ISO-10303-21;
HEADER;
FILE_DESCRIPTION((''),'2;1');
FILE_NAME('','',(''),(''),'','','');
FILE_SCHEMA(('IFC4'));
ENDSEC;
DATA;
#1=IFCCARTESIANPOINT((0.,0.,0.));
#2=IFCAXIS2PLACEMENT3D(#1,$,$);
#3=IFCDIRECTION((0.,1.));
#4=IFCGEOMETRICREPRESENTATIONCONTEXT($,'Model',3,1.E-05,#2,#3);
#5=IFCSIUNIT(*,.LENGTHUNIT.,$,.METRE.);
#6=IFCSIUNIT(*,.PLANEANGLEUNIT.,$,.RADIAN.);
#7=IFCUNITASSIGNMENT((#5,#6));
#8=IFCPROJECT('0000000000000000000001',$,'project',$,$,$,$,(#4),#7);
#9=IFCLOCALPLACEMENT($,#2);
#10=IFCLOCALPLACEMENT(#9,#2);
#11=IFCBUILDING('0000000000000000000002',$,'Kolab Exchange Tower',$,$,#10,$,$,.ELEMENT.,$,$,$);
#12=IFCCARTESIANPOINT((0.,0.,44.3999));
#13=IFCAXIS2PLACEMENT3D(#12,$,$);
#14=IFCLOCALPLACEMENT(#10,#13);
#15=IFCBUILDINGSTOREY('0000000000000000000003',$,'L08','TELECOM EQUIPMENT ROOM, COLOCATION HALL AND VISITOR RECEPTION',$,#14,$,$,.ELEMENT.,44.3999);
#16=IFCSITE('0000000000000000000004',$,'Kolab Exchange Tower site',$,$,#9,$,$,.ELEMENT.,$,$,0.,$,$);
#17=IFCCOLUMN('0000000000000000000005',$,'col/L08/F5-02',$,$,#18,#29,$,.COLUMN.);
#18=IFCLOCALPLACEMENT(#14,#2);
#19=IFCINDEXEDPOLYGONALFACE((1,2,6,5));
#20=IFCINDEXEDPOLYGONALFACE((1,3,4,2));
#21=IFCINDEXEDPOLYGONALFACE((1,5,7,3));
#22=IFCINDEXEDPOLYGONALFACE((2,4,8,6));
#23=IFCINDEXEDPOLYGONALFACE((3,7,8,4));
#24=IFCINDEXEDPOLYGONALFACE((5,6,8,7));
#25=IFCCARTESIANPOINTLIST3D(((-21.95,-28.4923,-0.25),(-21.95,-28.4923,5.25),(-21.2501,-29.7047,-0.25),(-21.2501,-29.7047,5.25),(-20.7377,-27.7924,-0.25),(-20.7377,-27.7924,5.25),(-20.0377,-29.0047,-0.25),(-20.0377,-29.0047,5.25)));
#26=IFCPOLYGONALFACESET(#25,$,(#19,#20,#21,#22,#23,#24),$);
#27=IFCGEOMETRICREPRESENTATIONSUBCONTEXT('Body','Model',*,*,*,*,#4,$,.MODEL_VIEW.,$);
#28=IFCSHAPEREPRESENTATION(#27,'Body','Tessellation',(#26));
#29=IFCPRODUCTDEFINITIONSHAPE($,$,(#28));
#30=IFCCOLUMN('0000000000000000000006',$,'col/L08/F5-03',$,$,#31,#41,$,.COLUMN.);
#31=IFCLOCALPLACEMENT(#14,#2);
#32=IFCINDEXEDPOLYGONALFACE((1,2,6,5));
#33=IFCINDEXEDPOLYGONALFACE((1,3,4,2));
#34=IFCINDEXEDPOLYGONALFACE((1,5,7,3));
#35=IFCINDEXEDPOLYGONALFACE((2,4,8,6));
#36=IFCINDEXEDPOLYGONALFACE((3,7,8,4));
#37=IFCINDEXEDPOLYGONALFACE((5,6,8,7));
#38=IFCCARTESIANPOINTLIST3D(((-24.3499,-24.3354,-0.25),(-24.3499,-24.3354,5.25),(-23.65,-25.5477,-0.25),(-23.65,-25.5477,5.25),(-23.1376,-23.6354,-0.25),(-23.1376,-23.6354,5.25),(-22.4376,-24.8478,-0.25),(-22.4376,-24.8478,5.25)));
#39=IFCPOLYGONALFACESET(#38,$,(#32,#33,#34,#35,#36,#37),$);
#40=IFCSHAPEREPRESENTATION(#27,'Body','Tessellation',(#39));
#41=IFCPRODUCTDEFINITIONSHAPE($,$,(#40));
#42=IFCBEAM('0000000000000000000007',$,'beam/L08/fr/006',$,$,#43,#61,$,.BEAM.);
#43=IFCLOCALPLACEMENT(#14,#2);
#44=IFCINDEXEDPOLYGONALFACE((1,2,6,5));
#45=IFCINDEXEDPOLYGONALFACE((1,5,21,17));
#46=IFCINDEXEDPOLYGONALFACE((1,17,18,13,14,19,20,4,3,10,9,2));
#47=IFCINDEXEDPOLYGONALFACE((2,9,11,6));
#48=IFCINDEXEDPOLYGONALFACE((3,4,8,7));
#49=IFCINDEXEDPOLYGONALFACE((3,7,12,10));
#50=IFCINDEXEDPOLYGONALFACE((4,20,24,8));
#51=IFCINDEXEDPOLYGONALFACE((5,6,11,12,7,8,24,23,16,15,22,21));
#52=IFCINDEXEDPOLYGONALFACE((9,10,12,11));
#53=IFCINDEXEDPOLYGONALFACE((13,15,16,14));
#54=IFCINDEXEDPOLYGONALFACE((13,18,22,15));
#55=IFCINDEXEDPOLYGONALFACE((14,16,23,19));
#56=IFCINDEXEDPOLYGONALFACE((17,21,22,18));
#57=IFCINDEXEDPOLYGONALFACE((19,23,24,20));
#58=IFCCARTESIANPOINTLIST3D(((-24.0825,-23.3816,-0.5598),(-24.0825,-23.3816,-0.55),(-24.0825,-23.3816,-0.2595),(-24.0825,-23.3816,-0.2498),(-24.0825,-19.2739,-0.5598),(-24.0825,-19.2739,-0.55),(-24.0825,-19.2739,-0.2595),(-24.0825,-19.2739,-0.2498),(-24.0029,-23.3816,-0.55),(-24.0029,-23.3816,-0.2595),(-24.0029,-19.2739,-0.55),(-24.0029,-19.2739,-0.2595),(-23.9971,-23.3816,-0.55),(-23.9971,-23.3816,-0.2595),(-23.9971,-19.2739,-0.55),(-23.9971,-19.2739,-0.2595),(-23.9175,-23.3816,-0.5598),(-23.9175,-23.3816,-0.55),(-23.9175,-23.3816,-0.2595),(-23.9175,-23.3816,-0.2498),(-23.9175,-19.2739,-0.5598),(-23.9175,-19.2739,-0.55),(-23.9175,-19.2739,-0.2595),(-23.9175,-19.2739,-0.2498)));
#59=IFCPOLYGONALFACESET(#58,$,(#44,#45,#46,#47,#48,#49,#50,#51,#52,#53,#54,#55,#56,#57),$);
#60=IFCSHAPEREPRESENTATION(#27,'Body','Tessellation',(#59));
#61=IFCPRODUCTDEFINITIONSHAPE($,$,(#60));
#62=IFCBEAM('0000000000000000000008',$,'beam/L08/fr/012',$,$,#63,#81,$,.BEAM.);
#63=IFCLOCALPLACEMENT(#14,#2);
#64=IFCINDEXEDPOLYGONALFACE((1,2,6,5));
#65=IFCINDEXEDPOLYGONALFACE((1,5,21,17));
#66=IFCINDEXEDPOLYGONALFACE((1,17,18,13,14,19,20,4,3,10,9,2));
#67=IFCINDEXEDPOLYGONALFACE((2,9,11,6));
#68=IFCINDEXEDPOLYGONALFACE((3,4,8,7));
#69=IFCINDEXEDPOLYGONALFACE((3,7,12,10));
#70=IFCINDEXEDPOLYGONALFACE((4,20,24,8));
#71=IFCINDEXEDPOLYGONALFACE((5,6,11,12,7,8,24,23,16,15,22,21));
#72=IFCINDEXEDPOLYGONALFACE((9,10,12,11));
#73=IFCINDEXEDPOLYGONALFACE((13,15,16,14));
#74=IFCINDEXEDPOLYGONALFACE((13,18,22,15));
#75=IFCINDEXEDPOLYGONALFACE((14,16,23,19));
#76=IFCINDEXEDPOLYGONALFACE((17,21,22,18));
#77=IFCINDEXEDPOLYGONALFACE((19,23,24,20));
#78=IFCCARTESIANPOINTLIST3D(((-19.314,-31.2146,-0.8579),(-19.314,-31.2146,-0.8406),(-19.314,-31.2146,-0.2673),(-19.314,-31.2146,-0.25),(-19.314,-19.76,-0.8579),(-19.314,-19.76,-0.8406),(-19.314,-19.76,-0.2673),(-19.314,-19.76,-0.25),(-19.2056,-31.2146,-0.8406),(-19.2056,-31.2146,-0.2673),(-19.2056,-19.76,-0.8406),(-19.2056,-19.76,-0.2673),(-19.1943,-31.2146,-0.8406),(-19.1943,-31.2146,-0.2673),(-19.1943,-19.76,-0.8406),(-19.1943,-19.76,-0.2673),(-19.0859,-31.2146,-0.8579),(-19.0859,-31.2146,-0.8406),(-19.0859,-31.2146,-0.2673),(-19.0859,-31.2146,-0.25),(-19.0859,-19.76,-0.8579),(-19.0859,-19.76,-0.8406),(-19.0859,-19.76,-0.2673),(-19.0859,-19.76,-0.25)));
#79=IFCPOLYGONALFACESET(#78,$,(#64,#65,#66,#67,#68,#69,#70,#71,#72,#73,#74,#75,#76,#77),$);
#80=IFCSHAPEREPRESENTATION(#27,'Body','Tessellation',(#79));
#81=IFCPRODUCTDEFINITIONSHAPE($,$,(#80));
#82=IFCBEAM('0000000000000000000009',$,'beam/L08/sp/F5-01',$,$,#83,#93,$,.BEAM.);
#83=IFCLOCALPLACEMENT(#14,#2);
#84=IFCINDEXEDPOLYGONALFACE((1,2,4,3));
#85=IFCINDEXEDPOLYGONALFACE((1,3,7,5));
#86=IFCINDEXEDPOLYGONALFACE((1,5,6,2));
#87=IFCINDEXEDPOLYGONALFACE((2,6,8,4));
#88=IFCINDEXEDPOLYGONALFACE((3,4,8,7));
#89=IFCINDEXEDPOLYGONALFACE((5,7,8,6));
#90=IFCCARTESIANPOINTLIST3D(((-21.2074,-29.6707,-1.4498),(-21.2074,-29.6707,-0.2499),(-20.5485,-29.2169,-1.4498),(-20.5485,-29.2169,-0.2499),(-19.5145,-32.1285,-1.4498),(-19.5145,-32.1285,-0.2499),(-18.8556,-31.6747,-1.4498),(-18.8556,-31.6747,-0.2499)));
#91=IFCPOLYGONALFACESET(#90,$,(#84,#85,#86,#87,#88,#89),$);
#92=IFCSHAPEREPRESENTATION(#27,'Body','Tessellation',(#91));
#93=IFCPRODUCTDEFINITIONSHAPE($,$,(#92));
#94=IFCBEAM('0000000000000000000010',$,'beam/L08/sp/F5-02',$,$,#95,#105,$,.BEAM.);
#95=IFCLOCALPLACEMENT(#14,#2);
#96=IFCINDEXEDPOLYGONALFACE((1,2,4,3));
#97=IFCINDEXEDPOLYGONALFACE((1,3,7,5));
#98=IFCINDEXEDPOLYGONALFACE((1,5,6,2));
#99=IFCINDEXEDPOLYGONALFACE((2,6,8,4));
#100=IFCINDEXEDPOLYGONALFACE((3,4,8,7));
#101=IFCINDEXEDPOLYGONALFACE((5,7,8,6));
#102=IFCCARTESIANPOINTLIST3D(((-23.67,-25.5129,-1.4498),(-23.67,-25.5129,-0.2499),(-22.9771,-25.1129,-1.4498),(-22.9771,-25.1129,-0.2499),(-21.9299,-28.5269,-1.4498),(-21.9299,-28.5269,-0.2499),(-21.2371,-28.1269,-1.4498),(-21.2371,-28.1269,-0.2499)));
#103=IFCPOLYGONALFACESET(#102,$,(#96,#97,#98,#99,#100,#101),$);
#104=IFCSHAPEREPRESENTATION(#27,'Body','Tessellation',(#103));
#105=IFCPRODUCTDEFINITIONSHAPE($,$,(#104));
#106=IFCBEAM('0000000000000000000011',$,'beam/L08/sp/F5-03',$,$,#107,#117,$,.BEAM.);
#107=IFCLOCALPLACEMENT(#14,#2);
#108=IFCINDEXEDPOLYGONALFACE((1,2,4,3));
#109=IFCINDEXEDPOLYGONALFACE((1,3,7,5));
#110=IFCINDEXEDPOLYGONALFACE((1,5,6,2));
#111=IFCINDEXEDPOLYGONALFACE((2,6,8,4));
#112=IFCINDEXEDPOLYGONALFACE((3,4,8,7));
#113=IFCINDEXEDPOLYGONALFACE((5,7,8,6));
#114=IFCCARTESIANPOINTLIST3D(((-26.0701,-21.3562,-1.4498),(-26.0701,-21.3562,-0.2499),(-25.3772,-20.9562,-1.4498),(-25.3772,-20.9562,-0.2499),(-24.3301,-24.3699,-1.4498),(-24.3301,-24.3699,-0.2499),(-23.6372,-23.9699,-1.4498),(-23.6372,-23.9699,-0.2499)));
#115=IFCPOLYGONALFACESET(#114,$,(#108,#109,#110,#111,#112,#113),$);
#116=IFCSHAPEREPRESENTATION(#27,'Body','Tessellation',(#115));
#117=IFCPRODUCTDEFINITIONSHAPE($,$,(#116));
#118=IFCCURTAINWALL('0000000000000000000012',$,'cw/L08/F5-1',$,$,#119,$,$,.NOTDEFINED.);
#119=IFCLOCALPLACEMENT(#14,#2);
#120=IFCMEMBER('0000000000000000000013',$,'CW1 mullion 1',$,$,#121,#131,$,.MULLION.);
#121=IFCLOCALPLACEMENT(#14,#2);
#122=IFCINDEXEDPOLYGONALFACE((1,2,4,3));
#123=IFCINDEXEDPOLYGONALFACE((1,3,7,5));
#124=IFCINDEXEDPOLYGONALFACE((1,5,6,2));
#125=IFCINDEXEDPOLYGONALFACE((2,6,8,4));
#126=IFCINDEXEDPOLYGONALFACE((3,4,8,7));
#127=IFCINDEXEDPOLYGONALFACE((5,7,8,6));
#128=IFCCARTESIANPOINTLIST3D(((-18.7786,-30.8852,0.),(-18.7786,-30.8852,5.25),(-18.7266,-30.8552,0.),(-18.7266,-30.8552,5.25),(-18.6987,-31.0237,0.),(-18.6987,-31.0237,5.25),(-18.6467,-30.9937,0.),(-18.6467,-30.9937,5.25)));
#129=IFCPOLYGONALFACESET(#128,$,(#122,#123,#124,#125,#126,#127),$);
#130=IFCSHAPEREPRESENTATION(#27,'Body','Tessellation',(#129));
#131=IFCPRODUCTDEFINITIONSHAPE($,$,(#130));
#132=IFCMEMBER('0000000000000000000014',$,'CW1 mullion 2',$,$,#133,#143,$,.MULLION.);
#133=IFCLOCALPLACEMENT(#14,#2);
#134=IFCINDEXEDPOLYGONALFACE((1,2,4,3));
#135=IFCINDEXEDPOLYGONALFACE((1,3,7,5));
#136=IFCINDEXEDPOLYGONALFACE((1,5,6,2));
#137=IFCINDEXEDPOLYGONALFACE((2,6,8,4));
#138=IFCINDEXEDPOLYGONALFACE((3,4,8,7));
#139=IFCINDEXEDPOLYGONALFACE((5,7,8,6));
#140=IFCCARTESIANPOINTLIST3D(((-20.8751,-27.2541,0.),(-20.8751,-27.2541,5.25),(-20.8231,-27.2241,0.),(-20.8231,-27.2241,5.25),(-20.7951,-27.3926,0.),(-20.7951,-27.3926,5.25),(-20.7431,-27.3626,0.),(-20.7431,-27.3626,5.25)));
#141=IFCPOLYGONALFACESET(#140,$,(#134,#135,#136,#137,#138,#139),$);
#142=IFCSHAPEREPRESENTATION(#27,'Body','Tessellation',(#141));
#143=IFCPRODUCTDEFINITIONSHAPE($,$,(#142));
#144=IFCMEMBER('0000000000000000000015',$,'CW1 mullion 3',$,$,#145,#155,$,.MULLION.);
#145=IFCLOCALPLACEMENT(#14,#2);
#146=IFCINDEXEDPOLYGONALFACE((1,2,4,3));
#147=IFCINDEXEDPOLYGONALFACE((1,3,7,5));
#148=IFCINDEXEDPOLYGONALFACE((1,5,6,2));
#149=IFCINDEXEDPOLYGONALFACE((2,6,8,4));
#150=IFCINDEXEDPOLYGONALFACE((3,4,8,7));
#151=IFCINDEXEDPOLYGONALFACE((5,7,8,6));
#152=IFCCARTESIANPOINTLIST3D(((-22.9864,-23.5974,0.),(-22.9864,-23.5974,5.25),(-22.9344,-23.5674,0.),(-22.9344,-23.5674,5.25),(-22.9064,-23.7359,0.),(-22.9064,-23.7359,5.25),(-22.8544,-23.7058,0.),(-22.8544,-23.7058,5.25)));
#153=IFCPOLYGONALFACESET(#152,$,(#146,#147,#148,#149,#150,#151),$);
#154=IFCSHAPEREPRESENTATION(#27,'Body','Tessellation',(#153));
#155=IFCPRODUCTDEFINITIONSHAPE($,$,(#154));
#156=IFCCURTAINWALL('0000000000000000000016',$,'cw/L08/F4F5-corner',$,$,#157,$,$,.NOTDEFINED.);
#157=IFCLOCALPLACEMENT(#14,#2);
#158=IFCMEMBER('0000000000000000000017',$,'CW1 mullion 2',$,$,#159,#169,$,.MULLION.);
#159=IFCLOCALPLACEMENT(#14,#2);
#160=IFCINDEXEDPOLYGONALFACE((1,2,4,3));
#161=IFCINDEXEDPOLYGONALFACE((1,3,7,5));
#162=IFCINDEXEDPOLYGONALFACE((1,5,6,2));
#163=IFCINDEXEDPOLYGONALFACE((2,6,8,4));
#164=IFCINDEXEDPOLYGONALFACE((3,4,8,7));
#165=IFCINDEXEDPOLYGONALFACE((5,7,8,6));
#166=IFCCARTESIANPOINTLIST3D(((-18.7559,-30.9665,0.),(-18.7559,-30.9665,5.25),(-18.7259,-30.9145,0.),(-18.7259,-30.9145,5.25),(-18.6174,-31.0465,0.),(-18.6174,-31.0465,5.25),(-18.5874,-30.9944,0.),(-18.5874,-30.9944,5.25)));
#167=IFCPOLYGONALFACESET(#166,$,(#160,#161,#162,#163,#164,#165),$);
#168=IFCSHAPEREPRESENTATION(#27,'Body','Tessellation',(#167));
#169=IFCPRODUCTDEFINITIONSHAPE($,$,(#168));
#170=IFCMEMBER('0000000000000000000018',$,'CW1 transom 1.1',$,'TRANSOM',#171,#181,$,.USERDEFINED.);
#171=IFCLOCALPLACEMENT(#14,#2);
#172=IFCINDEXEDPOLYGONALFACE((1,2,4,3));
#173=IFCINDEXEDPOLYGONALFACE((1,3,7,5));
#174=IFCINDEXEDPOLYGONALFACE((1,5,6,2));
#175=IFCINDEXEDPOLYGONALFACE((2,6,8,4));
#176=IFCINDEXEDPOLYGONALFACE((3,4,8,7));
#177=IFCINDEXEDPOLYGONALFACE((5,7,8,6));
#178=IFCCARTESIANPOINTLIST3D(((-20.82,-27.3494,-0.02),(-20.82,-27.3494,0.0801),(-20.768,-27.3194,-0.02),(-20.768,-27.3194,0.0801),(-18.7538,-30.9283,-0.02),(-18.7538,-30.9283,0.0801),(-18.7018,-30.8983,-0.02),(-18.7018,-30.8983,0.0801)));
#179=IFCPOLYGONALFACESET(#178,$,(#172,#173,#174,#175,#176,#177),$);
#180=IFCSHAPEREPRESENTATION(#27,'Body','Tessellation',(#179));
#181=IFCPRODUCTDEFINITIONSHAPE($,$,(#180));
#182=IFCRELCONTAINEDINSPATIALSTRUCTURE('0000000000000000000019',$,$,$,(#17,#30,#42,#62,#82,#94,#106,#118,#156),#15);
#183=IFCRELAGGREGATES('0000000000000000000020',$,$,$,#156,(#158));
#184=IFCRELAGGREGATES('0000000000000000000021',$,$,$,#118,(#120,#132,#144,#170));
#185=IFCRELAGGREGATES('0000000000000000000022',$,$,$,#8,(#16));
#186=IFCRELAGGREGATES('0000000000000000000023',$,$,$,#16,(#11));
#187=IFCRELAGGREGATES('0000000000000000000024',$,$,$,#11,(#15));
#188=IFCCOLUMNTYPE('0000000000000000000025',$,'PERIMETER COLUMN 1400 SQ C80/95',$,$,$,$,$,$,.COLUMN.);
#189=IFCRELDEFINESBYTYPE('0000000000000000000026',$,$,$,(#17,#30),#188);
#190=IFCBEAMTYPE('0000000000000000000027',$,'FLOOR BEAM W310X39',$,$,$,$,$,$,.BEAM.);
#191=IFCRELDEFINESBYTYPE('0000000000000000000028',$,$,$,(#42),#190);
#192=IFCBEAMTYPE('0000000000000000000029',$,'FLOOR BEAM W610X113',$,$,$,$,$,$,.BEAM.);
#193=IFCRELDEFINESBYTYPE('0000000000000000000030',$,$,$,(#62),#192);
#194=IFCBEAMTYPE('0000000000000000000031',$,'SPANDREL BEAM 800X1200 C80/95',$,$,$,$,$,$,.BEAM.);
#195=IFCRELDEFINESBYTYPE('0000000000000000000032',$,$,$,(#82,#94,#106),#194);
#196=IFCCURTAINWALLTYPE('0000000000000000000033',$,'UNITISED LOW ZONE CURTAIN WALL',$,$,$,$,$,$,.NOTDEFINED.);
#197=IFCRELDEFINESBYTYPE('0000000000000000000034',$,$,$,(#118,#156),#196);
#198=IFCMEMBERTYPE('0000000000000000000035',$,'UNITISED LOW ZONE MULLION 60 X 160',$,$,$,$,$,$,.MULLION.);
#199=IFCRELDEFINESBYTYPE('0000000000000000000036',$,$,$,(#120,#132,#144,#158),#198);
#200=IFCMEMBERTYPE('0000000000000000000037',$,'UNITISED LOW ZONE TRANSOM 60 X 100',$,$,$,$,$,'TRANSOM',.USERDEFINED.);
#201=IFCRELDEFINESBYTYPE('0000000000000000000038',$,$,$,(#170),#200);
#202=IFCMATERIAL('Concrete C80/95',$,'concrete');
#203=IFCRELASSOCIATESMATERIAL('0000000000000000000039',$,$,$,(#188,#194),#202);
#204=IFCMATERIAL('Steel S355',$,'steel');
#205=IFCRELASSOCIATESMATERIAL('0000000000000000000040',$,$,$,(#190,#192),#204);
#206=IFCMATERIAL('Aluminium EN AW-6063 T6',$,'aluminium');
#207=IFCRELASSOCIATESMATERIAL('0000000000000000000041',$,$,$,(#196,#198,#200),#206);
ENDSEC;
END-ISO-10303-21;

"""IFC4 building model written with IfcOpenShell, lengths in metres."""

from ifc_helpers import new_model, si_unit, direction, frame, origin, origin_2d, place, context, subcontext, project, spatial, rectangle, i_section, extrude, material, material_profile, profile_set, type_object, element, aggregate, save


model = new_model("IFC4")

# Units and contexts
model_context = context("Model", 3, precision=1e-05, world=origin(), true_north=direction((0.0, 1.0)))
body_context = subcontext(model_context, "Body", "Model", "MODEL_VIEW")
ifc_project = project(units=[si_unit("LENGTHUNIT", "METRE"), si_unit("PLANEANGLEUNIT", "RADIAN")], contexts=[model_context])

# Site, building, storey
site_placement = place(None, origin())
site = spatial("IfcSite", under=ifc_project, at=site_placement, Name="Kolab Exchange Tower site", CompositionType="ELEMENT", RefElevation=0.0)
building_placement = place(site_placement, origin())
building = spatial("IfcBuilding", under=site, at=building_placement, Name="Kolab Exchange Tower", CompositionType="ELEMENT")
storey_placement = place(building_placement, frame((0.0, 0.0, 44.3999)))
storey = spatial("IfcBuildingStorey", under=building, at=storey_placement, Name="L08", Description="TELECOM EQUIPMENT ROOM, COLOCATION HALL AND VISITOR RECEPTION", CompositionType="ELEMENT", Elevation=44.3999)

# Columns
ifc_material_1 = material(Name="Concrete C80/95", Category="concrete")
ifc_material_profile_1 = material_profile(ifc_material_1, rectangle(XDim=1.3999, YDim=1.3999, at=origin_2d()), Name="RC1400")
ifc_profile_set_1 = profile_set([ifc_material_profile_1], Name="Concrete C80/95")
column_type = type_object("IfcColumnType", Name="PERIMETER COLUMN 1400 SQ C80/95", PredefinedType="COLUMN", material=ifc_profile_set_1)
for number, where, z_axis, x_axis, name in (
    (1, (-20.9939, -28.7485, -0.25), (0.0, 0.0, 1.0), (0.866025, 0.5, 0.0), "col/L08/F5-02"),
    (2, (-23.3938, -24.5916, -0.25), (0.0, 0.0, 1.0), (0.866025, 0.5, 0.0), "col/L08/F5-03"),
):
    element("IfcColumn", number, at=place(storey_placement, frame(where, z_axis=z_axis, x_axis=x_axis)), inside=storey, type_object=column_type, Name=name, PredefinedType="COLUMN", context=body_context, shape_type="SweptSolid", body=[
        extrude(rectangle(XDim=1.3999, YDim=1.3999, at=origin_2d()), origin(), (0.0, 0.0, 1.0), 5.5),
    ])

# Beams
ifc_material_2 = material(Name="Steel S355", Category="steel")
ifc_material_profile_2 = material_profile(ifc_material_2, i_section(OverallWidth=0.165, OverallDepth=0.3101, WebThickness=0.0059, FlangeThickness=0.0098, at=origin_2d()), Name="W310X39")
ifc_profile_set_2 = profile_set([ifc_material_profile_2], Name="Steel S355")
beam_type_1 = type_object("IfcBeamType", Name="FLOOR BEAM W310X39", PredefinedType="BEAM", material=ifc_profile_set_2)
beam_1_placement = place(storey_placement, frame((-24.0, -23.3816, -0.4048), z_axis=(0.0, 1.0, 0.0), x_axis=(-1.0, 0.0, 0.0)))
element("IfcBeam", 3, at=beam_1_placement, inside=storey, type_object=beam_type_1, Name="beam/L08/fr/006", PredefinedType="BEAM", context=body_context, shape_type="SweptSolid", body=[
    extrude(i_section(OverallWidth=0.165, OverallDepth=0.3101, WebThickness=0.0059, FlangeThickness=0.0098, at=origin_2d()), origin(), (0.0, 0.0, 1.0), 4.1077),
])
ifc_material_profile_3 = material_profile(ifc_material_2, i_section(OverallWidth=0.228, OverallDepth=0.6079, WebThickness=0.0112, FlangeThickness=0.0173, at=origin_2d()), Name="W610X113")
ifc_profile_set_3 = profile_set([ifc_material_profile_3], Name="Steel S355")
beam_type_2 = type_object("IfcBeamType", Name="FLOOR BEAM W610X113", PredefinedType="BEAM", material=ifc_profile_set_3)
beam_2_placement = place(storey_placement, frame((-19.2, -31.2146, -0.554), z_axis=(0.0, 1.0, 0.0), x_axis=(-1.0, 0.0, 0.0)))
element("IfcBeam", 4, at=beam_2_placement, inside=storey, type_object=beam_type_2, Name="beam/L08/fr/012", PredefinedType="BEAM", context=body_context, shape_type="SweptSolid", body=[
    extrude(i_section(OverallWidth=0.228, OverallDepth=0.6079, WebThickness=0.0112, FlangeThickness=0.0173, at=origin_2d()), origin(), (0.0, 0.0, 1.0), 11.4546),
])
ifc_material_profile_4 = material_profile(ifc_material_1, rectangle(XDim=0.8, YDim=1.2, at=origin_2d()), Name="RC800X1200")
ifc_profile_set_4 = profile_set([ifc_material_profile_4], Name="Concrete C80/95")
beam_type_3 = type_object("IfcBeamType", Name="SPANDREL BEAM 800X1200 C80/95", PredefinedType="BEAM", material=ifc_profile_set_4)
beam_3_placement = place(storey_placement, frame((-19.1851, -31.9016, -0.8499), z_axis=(-0.567247, 0.823548, 0.0), x_axis=(-0.823548, -0.567247, 0.0)))
element("IfcBeam", 5, at=beam_3_placement, inside=storey, type_object=beam_type_3, Name="beam/L08/sp/F5-01", PredefinedType="BEAM", context=body_context, shape_type="SweptSolid", body=[
    extrude(rectangle(XDim=0.8, YDim=1.2, at=origin_2d()), origin(), (0.0, 0.0, 1.0), 2.9844),
])
beam_4_placement = place(storey_placement, frame((-21.5835, -28.3269, -0.8499), z_axis=(-0.49998, 0.866037, 0.0), x_axis=(-0.866037, -0.49998, 0.0)))
element("IfcBeam", 6, at=beam_4_placement, inside=storey, type_object=beam_type_3, Name="beam/L08/sp/F5-02", PredefinedType="BEAM", context=body_context, shape_type="SweptSolid", body=[
    extrude(rectangle(XDim=0.8, YDim=1.2, at=origin_2d()), origin(), (0.0, 0.0, 1.0), 3.4802),
])
beam_5_placement = place(storey_placement, frame((-23.9836, -24.1699, -0.8499), z_axis=(-0.50001, 0.86602, 0.0), x_axis=(-0.86602, -0.50001, 0.0)))
element("IfcBeam", 7, at=beam_5_placement, inside=storey, type_object=beam_type_3, Name="beam/L08/sp/F5-03", PredefinedType="BEAM", context=body_context, shape_type="SweptSolid", body=[
    extrude(rectangle(XDim=0.8, YDim=1.2, at=origin_2d()), origin(), (0.0, 0.0, 1.0), 3.48),
])

# Curtain wall, members
ifc_material_3 = material(Name="Aluminium EN AW-6063 T6", Category="aluminium")
curtain_wall_type = type_object("IfcCurtainWallType", Name="UNITISED LOW ZONE CURTAIN WALL", PredefinedType="NOTDEFINED", material=ifc_material_3)
curtain_wall_1_placement = place(storey_placement, origin())
curtain_wall_1 = element("IfcCurtainWall", 8, at=curtain_wall_1_placement, inside=storey, type_object=curtain_wall_type, Name="cw/L08/F5-1", PredefinedType="NOTDEFINED")
ifc_material_profile_5 = material_profile(ifc_material_3, rectangle(XDim=0.0601, YDim=0.1599, at=origin_2d()), Name="RECT 60X160")
ifc_profile_set_5 = profile_set([ifc_material_profile_5], Name="Aluminium EN AW-6063 T6")
member_type_1 = type_object("IfcMemberType", Name="UNITISED LOW ZONE MULLION 60 X 160", PredefinedType="MULLION", material=ifc_profile_set_5)
member_1_placement = place(storey_placement, frame((-18.7126, -30.9395, 0.0), z_axis=(0.0, 0.0, 1.0), x_axis=(-0.866025, -0.5, 0.0)))
member_1 = element("IfcMember", 9, at=member_1_placement, type_object=member_type_1, Name="CW1 mullion 1", PredefinedType="MULLION", context=body_context, shape_type="SweptSolid", body=[
    extrude(rectangle(XDim=0.0601, YDim=0.1599, at=origin_2d()), origin(), (0.0, 0.0, 1.0), 5.25),
])
member_2_placement = place(storey_placement, frame((-20.8091, -27.3083, 0.0), z_axis=(0.0, 0.0, 1.0), x_axis=(-0.866025, -0.5, 0.0)))
member_2 = element("IfcMember", 10, at=member_2_placement, type_object=member_type_1, Name="CW1 mullion 2", PredefinedType="MULLION", context=body_context, shape_type="SweptSolid", body=[
    extrude(rectangle(XDim=0.0601, YDim=0.1599, at=origin_2d()), origin(), (0.0, 0.0, 1.0), 5.25),
])
member_3_placement = place(storey_placement, frame((-22.9204, -23.6516, 0.0), z_axis=(0.0, 0.0, 1.0), x_axis=(-0.866025, -0.5, 0.0)))
member_3 = element("IfcMember", 11, at=member_3_placement, type_object=member_type_1, Name="CW1 mullion 3", PredefinedType="MULLION", context=body_context, shape_type="SweptSolid", body=[
    extrude(rectangle(XDim=0.0601, YDim=0.1599, at=origin_2d()), origin(), (0.0, 0.0, 1.0), 5.25),
])

# Curtain wall, member
curtain_wall_2_placement = place(storey_placement, origin())
curtain_wall_2 = element("IfcCurtainWall", 12, at=curtain_wall_2_placement, inside=storey, type_object=curtain_wall_type, Name="cw/L08/F4F5-corner", PredefinedType="NOTDEFINED")
member_4_placement = place(storey_placement, frame((-18.6716, -30.9805, 0.0), z_axis=(0.0, 0.0, 1.0), x_axis=(-0.5, -0.866025, 0.0)))
member_4 = element("IfcMember", 13, at=member_4_placement, type_object=member_type_1, Name="CW1 mullion 2", PredefinedType="MULLION", context=body_context, shape_type="SweptSolid", body=[
    extrude(rectangle(XDim=0.0601, YDim=0.1599, at=origin_2d()), origin(), (0.0, 0.0, 1.0), 5.25),
])
aggregate(curtain_wall_2, [member_4])

# Member
ifc_material_profile_6 = material_profile(ifc_material_3, rectangle(XDim=0.0601, YDim=0.1001, at=origin_2d()), Name="RECT 60X100")
ifc_profile_set_6 = profile_set([ifc_material_profile_6], Name="Aluminium EN AW-6063 T6")
member_type_2 = type_object("IfcMemberType", Name="UNITISED LOW ZONE TRANSOM 60 X 100", ElementType="TRANSOM", PredefinedType="USERDEFINED", material=ifc_profile_set_6)
member_5_placement = place(storey_placement, frame((-18.7278, -30.9133, 0.03), z_axis=(-0.499983, 0.866035, 0.0), x_axis=(-0.866035, -0.499983, 0.0)))
member_5 = element("IfcMember", 14, at=member_5_placement, type_object=member_type_2, Name="CW1 transom 1.1", ObjectType="TRANSOM", PredefinedType="USERDEFINED", context=body_context, shape_type="SweptSolid", body=[
    extrude(rectangle(XDim=0.0601, YDim=0.1001, at=origin_2d()), origin(), (0.0, 0.0, 1.0), 4.1326),
])

aggregate(curtain_wall_1, [member_1, member_2, member_3, member_5])

save(model, "model.ifc")
